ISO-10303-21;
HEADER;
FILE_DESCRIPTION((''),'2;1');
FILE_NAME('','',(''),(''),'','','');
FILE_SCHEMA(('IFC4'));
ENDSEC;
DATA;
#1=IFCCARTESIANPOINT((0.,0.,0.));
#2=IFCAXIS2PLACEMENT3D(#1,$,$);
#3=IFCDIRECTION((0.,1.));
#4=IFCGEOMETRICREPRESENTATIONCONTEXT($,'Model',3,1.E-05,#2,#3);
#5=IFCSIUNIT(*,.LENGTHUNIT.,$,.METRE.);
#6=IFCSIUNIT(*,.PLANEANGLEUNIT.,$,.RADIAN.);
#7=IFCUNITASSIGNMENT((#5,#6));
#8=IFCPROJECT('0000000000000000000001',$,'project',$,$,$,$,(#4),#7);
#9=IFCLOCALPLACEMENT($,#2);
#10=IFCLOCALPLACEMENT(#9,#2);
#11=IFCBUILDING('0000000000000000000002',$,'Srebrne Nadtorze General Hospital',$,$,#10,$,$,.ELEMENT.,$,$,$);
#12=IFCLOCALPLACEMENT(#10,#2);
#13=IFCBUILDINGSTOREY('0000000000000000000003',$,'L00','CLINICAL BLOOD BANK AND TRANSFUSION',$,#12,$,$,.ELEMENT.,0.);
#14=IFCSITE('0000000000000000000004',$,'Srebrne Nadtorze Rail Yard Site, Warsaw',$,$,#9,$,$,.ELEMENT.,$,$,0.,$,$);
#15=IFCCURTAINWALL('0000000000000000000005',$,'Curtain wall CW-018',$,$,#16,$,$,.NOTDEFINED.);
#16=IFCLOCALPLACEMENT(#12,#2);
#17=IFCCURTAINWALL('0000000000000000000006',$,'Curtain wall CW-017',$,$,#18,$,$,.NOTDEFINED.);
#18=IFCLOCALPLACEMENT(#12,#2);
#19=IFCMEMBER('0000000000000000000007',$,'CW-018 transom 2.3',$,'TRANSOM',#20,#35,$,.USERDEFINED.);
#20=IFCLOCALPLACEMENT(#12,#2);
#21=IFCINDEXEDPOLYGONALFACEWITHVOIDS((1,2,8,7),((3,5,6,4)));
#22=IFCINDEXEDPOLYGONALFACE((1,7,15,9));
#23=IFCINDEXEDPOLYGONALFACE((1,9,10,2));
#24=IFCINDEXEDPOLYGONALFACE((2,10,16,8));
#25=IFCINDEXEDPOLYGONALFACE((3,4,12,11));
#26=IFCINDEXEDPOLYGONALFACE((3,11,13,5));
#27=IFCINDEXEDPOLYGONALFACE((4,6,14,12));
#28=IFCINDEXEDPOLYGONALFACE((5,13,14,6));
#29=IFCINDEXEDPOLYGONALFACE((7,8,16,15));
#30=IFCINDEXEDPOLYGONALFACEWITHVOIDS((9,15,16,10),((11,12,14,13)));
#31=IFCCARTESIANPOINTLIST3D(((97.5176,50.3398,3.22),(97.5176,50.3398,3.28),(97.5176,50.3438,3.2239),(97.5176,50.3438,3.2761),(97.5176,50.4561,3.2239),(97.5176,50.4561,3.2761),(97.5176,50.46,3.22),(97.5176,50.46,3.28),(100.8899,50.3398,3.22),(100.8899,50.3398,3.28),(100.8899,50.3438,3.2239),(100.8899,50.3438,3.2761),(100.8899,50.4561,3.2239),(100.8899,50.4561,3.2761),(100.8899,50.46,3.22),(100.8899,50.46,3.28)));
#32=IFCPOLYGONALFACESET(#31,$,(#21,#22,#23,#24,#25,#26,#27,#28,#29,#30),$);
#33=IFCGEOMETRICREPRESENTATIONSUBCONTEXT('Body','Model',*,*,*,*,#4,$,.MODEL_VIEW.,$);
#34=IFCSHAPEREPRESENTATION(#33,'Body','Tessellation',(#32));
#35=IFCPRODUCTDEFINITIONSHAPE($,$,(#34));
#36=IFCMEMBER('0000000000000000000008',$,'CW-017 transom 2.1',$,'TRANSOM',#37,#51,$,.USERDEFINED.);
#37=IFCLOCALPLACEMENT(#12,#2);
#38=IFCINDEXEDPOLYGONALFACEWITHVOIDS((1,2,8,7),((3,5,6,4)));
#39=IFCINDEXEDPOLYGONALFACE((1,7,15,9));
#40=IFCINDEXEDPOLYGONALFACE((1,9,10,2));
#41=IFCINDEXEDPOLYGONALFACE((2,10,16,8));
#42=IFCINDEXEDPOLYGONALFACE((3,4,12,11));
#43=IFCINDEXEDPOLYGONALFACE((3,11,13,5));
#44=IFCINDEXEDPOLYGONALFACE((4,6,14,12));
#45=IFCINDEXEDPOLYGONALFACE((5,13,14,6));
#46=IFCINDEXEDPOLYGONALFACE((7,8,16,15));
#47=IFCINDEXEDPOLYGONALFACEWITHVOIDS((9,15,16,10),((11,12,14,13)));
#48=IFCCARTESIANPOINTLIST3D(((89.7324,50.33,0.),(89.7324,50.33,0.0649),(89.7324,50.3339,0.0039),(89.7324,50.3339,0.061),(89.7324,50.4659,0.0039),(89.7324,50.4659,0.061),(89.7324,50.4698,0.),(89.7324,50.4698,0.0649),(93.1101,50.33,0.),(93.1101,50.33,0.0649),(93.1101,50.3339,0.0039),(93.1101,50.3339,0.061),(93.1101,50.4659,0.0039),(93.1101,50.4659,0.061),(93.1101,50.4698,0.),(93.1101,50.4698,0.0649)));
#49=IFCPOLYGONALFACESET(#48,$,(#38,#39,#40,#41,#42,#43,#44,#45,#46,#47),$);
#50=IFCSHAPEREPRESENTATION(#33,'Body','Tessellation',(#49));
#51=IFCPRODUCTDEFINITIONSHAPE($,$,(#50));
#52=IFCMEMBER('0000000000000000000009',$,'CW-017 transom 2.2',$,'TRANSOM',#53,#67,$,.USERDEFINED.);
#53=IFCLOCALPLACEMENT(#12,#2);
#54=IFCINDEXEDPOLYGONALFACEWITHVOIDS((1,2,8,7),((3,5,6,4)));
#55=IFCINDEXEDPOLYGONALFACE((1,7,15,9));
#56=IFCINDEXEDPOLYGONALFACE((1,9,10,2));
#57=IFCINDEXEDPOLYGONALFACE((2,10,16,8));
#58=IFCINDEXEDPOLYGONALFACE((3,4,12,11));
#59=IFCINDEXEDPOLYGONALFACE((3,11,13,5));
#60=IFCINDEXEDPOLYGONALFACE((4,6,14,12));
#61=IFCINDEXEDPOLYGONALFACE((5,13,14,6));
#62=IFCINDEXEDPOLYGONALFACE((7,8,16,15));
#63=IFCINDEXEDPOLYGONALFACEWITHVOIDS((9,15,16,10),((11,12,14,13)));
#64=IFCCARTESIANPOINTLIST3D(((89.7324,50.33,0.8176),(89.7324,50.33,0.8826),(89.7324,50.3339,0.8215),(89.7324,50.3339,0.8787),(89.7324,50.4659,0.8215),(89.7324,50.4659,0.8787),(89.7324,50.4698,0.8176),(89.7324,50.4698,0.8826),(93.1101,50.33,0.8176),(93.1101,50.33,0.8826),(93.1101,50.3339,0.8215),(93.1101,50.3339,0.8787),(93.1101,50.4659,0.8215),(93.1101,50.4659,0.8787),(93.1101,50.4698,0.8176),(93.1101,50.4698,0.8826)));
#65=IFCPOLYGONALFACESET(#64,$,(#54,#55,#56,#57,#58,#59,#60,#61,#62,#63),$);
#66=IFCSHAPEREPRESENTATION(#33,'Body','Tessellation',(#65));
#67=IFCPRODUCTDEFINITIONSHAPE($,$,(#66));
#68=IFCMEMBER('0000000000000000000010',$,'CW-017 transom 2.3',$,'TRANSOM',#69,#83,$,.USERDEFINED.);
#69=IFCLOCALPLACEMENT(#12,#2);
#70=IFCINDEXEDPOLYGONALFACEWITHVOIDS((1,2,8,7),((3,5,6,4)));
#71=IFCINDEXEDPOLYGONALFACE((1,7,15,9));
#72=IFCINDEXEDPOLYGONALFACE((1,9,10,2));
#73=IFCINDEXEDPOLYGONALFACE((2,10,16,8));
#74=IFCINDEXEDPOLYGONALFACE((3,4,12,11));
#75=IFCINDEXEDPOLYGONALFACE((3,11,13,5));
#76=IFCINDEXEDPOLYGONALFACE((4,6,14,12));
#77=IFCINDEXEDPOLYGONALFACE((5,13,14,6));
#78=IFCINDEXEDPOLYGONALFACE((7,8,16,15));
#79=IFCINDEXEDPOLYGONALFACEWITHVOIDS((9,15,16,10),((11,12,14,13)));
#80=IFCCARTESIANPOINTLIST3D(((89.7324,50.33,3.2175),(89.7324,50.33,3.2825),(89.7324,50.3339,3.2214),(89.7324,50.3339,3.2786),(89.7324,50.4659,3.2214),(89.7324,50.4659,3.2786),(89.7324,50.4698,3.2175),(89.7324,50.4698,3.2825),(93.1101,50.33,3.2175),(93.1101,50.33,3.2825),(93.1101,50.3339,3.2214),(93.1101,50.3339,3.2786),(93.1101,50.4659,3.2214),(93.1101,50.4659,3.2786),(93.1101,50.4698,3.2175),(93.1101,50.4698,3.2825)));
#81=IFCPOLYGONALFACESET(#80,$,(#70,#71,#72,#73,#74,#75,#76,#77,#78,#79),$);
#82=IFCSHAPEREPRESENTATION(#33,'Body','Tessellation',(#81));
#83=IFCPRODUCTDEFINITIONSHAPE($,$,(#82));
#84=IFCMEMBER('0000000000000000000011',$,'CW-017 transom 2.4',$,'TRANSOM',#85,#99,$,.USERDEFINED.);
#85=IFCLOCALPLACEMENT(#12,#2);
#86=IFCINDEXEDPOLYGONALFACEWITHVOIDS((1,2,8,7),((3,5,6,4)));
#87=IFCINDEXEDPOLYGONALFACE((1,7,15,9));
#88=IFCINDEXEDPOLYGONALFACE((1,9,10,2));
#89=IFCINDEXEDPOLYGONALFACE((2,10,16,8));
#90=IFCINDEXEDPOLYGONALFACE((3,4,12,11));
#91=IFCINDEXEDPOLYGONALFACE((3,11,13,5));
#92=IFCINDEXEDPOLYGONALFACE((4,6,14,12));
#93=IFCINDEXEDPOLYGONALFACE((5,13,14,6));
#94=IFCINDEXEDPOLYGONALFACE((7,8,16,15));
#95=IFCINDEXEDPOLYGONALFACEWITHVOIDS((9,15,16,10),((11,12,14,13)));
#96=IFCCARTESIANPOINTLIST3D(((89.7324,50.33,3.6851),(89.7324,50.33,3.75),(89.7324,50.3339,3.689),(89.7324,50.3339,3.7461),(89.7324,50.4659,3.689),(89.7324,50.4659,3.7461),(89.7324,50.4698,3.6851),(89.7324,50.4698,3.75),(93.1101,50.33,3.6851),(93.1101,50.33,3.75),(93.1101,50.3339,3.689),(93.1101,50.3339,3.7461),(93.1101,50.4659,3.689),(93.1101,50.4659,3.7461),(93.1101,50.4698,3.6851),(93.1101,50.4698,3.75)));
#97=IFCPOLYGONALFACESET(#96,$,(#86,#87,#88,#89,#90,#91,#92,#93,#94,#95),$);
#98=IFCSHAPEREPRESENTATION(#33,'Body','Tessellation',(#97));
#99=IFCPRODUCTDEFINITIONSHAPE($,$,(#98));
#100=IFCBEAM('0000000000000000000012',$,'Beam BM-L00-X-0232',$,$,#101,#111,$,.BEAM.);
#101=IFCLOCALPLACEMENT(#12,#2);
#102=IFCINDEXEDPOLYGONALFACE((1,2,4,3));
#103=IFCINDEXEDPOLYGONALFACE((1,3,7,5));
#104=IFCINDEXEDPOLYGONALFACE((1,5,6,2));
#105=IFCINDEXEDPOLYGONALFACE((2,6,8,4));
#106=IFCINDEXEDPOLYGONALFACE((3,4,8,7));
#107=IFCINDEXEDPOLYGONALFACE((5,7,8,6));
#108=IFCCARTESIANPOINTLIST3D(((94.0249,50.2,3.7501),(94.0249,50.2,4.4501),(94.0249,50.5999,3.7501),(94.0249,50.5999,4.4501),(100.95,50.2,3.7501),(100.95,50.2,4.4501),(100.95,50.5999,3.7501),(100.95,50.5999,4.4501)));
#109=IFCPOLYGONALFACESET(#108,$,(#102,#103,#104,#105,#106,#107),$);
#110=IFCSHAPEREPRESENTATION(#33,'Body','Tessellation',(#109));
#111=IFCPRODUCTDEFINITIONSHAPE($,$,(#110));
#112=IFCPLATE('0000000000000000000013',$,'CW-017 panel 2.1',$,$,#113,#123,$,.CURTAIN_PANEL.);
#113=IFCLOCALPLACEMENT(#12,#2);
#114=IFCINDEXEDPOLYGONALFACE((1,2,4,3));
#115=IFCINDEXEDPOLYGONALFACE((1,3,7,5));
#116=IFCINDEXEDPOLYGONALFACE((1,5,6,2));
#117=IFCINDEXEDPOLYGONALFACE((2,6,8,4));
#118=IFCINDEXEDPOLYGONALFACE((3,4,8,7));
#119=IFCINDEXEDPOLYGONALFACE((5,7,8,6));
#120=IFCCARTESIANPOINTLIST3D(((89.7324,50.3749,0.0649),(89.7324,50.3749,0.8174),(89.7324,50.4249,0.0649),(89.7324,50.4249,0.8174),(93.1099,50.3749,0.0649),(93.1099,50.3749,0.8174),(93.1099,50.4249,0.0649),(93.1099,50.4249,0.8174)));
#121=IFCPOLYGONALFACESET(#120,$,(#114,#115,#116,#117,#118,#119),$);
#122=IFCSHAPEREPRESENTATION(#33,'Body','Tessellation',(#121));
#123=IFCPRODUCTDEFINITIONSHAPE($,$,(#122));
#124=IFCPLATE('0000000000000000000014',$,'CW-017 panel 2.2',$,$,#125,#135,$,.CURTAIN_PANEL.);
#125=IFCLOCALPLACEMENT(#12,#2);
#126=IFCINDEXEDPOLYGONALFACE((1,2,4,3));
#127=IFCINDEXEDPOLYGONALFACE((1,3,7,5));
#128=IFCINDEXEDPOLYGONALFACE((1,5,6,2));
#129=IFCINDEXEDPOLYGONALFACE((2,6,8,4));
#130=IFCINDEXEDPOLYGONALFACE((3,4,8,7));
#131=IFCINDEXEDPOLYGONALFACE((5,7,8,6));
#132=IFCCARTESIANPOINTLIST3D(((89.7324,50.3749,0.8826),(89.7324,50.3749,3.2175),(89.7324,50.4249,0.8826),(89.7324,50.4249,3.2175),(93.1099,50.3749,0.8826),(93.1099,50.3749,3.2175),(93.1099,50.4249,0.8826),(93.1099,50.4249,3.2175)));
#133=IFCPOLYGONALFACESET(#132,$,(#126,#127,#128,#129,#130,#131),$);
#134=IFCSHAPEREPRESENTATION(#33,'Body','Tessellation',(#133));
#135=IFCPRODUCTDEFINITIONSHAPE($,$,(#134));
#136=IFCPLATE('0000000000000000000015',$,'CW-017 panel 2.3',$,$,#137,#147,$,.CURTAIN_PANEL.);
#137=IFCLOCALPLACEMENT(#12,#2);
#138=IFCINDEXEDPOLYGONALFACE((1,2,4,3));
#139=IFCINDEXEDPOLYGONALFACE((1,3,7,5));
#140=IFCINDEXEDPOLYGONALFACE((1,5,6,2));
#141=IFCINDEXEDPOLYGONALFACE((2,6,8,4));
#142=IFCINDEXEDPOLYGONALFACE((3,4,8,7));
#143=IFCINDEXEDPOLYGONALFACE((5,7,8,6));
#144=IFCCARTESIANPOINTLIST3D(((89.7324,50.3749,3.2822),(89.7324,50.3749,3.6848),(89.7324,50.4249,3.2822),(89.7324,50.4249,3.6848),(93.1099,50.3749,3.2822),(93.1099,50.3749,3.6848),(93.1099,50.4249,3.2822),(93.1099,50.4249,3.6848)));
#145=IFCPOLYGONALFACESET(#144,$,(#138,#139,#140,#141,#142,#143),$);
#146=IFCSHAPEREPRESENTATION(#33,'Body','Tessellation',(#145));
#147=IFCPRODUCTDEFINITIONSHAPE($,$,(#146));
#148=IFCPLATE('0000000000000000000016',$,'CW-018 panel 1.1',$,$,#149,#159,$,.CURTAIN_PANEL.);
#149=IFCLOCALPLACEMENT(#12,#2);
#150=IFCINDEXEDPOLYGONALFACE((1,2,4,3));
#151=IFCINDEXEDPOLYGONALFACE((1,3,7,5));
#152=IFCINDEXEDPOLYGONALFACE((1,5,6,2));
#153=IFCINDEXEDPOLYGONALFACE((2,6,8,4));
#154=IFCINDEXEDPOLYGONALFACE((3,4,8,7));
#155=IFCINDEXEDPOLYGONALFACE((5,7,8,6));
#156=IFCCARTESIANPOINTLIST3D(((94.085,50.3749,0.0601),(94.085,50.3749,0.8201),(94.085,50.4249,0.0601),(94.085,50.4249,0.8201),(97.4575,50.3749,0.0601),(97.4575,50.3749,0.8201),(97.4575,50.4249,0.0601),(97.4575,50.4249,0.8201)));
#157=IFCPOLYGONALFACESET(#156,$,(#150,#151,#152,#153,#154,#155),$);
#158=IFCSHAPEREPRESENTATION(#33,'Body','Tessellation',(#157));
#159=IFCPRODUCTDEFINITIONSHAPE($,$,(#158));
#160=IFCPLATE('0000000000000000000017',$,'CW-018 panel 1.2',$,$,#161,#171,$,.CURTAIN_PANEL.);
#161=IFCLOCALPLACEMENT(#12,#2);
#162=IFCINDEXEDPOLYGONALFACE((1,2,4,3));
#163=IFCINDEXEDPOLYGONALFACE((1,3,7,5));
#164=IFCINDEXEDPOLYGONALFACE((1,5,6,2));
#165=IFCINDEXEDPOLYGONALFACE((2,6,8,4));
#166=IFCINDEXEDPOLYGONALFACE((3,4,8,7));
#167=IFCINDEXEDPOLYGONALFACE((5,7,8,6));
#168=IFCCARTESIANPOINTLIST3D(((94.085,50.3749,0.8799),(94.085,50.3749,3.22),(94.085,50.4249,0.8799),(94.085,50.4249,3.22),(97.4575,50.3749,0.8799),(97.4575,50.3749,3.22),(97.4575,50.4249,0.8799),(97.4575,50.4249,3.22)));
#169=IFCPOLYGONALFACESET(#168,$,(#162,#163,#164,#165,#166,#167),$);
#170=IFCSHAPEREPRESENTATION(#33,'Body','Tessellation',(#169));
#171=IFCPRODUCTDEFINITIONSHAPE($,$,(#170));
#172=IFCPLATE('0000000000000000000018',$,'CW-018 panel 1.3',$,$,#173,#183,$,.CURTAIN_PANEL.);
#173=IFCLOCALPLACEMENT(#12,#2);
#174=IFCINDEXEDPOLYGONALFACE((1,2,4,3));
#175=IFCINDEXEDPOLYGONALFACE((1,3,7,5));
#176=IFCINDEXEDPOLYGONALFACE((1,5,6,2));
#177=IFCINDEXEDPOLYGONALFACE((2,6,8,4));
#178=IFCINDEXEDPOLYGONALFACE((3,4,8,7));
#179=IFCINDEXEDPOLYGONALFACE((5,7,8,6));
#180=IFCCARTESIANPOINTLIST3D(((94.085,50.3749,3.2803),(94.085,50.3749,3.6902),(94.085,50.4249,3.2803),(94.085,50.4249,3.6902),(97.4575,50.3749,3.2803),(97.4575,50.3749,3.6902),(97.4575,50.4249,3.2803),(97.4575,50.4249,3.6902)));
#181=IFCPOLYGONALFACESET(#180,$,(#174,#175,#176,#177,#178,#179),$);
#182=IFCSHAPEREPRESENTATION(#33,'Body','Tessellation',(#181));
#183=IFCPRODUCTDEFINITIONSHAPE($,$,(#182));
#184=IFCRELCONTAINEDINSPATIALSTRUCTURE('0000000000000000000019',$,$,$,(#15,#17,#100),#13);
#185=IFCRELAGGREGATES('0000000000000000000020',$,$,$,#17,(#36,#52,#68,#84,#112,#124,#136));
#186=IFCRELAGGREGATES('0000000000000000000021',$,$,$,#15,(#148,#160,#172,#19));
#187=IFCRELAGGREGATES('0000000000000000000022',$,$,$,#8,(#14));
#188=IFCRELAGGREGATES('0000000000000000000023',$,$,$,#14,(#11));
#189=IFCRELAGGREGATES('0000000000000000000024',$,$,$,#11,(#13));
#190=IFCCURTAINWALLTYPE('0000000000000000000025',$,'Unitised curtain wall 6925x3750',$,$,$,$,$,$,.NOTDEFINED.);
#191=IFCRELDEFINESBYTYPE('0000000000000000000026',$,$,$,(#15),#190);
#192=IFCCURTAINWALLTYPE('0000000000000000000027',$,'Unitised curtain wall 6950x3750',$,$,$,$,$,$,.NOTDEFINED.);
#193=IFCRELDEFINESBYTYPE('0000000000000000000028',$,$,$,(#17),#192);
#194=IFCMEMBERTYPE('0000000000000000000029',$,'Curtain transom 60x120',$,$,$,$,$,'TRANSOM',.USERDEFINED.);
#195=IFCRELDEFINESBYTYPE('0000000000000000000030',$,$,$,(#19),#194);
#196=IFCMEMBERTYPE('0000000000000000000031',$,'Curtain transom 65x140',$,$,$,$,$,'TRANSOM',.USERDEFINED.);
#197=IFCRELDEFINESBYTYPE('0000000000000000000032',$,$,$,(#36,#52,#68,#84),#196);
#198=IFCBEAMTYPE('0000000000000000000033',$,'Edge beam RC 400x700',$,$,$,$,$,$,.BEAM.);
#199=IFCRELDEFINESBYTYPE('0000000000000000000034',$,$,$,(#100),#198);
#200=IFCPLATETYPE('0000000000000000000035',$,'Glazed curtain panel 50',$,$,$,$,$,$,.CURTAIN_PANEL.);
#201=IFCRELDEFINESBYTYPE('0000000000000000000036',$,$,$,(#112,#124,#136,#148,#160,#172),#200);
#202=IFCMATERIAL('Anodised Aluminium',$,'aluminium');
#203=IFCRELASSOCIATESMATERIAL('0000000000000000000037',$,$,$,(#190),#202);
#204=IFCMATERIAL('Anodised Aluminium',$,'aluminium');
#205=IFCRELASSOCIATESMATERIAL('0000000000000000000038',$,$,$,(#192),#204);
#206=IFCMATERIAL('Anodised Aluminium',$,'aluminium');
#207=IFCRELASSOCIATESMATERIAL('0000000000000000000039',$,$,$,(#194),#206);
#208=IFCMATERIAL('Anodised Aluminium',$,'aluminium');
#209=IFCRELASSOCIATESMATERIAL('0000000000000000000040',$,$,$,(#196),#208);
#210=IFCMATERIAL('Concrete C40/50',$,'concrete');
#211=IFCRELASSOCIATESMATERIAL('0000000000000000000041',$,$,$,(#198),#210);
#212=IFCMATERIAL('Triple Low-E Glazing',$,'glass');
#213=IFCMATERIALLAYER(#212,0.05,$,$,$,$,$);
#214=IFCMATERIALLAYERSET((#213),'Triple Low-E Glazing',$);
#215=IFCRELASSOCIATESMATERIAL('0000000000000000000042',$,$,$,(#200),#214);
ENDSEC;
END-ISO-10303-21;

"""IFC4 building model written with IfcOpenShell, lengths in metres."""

from ifc_helpers import new_model, si_unit, direction, frame, origin, origin_2d, place, context, subcontext, project, spatial, rectangle, hollow_rectangle, extrude, material, layer, layer_set, material_profile, profile_set, type_object, element, aggregate, save


model = new_model("IFC4")

# Units and contexts
model_context = context("Model", 3, precision=1e-05, world=origin(), true_north=direction((0.0, 1.0)))
body_context = subcontext(model_context, "Body", "Model", "MODEL_VIEW")
ifc_project = project(units=[si_unit("LENGTHUNIT", "METRE"), si_unit("PLANEANGLEUNIT", "RADIAN")], contexts=[model_context])

# Site, building, storey
site_placement = place(None, origin())
site = spatial("IfcSite", under=ifc_project, at=site_placement, Name="Srebrne Nadtorze Rail Yard Site, Warsaw", CompositionType="ELEMENT", RefElevation=0.0)
building_placement = place(site_placement, origin())
building = spatial("IfcBuilding", under=site, at=building_placement, Name="Srebrne Nadtorze General Hospital", CompositionType="ELEMENT")
storey_placement = place(building_placement, origin())
storey = spatial("IfcBuildingStorey", under=building, at=storey_placement, Name="L00", Description="CLINICAL BLOOD BANK AND TRANSFUSION", CompositionType="ELEMENT", Elevation=0.0)

# Curtain walls
ifc_material_1 = material(Name="Anodised Aluminium", Category="aluminium")
curtain_wall_type_1 = type_object("IfcCurtainWallType", Name="Unitised curtain wall 6925x3750", PredefinedType="NOTDEFINED", material=ifc_material_1)
curtain_wall_1_placement = place(storey_placement, origin())
curtain_wall_1 = element("IfcCurtainWall", 1, at=curtain_wall_1_placement, inside=storey, type_object=curtain_wall_type_1, Name="Curtain wall CW-018", PredefinedType="NOTDEFINED")
ifc_material_2 = material(Name="Anodised Aluminium", Category="aluminium")
curtain_wall_type_2 = type_object("IfcCurtainWallType", Name="Unitised curtain wall 6950x3750", PredefinedType="NOTDEFINED", material=ifc_material_2)
curtain_wall_2_placement = place(storey_placement, origin())
curtain_wall_2 = element("IfcCurtainWall", 2, at=curtain_wall_2_placement, inside=storey, type_object=curtain_wall_type_2, Name="Curtain wall CW-017", PredefinedType="NOTDEFINED")

# Members
ifc_material_3 = material(Name="Anodised Aluminium", Category="aluminium")
ifc_material_profile_1 = material_profile(ifc_material_3, hollow_rectangle(XDim=0.0601, YDim=0.1201, WallThickness=0.0039, at=origin_2d()), Name="AL-TRN-60x120")
ifc_profile_set_1 = profile_set([ifc_material_profile_1], Name="Anodised Aluminium")
member_type_1 = type_object("IfcMemberType", Name="Curtain transom 60x120", ElementType="TRANSOM", PredefinedType="USERDEFINED", material=ifc_profile_set_1)
member_1_placement = place(storey_placement, frame((97.5176, 50.3999, 3.25), z_axis=(1.0, 0.0, 0.0), x_axis=(0.0, 0.0, 1.0)))
member_1 = element("IfcMember", 3, at=member_1_placement, type_object=member_type_1, Name="CW-018 transom 2.3", ObjectType="TRANSOM", PredefinedType="USERDEFINED", context=body_context, shape_type="SweptSolid", body=[
    extrude(hollow_rectangle(XDim=0.0601, YDim=0.1201, WallThickness=0.0039, at=origin_2d()), origin(), (0.0, 0.0, 1.0), 3.3723),
])
ifc_material_4 = material(Name="Anodised Aluminium", Category="aluminium")
ifc_material_profile_2 = material_profile(ifc_material_4, hollow_rectangle(XDim=0.0649, YDim=0.1399, WallThickness=0.0039, at=origin_2d()), Name="AL-TRN-65x140")
ifc_profile_set_2 = profile_set([ifc_material_profile_2], Name="Anodised Aluminium")
member_type_2 = type_object("IfcMemberType", Name="Curtain transom 65x140", ElementType="TRANSOM", PredefinedType="USERDEFINED", material=ifc_profile_set_2)
member_2_placement = place(storey_placement, frame((89.7324, 50.3999, 0.0325), z_axis=(1.0, 0.0, 0.0), x_axis=(0.0, 0.0, 1.0)))
member_2 = element("IfcMember", 4, at=member_2_placement, type_object=member_type_2, Name="CW-017 transom 2.1", ObjectType="TRANSOM", PredefinedType="USERDEFINED", context=body_context, shape_type="SweptSolid", body=[
    extrude(hollow_rectangle(XDim=0.0649, YDim=0.1399, WallThickness=0.0039, at=origin_2d()), origin(), (0.0, 0.0, 1.0), 3.3777),
])
member_3_placement = place(storey_placement, frame((89.7324, 50.3999, 0.8501), z_axis=(1.0, 0.0, 0.0), x_axis=(0.0, 0.0, 1.0)))
member_3 = element("IfcMember", 5, at=member_3_placement, type_object=member_type_2, Name="CW-017 transom 2.2", ObjectType="TRANSOM", PredefinedType="USERDEFINED", context=body_context, shape_type="SweptSolid", body=[
    extrude(hollow_rectangle(XDim=0.0649, YDim=0.1399, WallThickness=0.0039, at=origin_2d()), origin(), (0.0, 0.0, 1.0), 3.3777),
])
member_4_placement = place(storey_placement, frame((89.7324, 50.3999, 3.25), z_axis=(1.0, 0.0, 0.0), x_axis=(0.0, 0.0, 1.0)))
member_4 = element("IfcMember", 6, at=member_4_placement, type_object=member_type_2, Name="CW-017 transom 2.3", ObjectType="TRANSOM", PredefinedType="USERDEFINED", context=body_context, shape_type="SweptSolid", body=[
    extrude(hollow_rectangle(XDim=0.0649, YDim=0.1399, WallThickness=0.0039, at=origin_2d()), origin(), (0.0, 0.0, 1.0), 3.3777),
])
member_5_placement = place(storey_placement, frame((89.7324, 50.3999, 3.7175), z_axis=(1.0, 0.0, 0.0), x_axis=(0.0, 0.0, 1.0)))
member_5 = element("IfcMember", 7, at=member_5_placement, type_object=member_type_2, Name="CW-017 transom 2.4", ObjectType="TRANSOM", PredefinedType="USERDEFINED", context=body_context, shape_type="SweptSolid", body=[
    extrude(hollow_rectangle(XDim=0.0649, YDim=0.1399, WallThickness=0.0039, at=origin_2d()), origin(), (0.0, 0.0, 1.0), 3.3777),
])

# Beam
ifc_material_5 = material(Name="Concrete C40/50", Category="concrete")
ifc_material_profile_3 = material_profile(ifc_material_5, rectangle(XDim=0.3999, YDim=0.7, at=origin_2d()), Name="RC-BM-400x700")
ifc_profile_set_3 = profile_set([ifc_material_profile_3], Name="Concrete C40/50")
beam_type = type_object("IfcBeamType", Name="Edge beam RC 400x700", PredefinedType="BEAM", material=ifc_profile_set_3)
beam_placement = place(storey_placement, frame((94.0249, 50.3999, 4.1001), z_axis=(1.0, 0.0, 0.0), x_axis=(0.0, 1.0, 0.0)))
element("IfcBeam", 8, at=beam_placement, inside=storey, type_object=beam_type, Name="Beam BM-L00-X-0232", PredefinedType="BEAM", context=body_context, shape_type="SweptSolid", body=[
    extrude(rectangle(XDim=0.3999, YDim=0.7, at=origin_2d()), origin(), (0.0, 0.0, 1.0), 6.925),
])

# Plates
ifc_material_6 = material(Name="Triple Low-E Glazing", Category="glass")
ifc_layer = layer(ifc_material_6, 0.05)
ifc_layer_set = layer_set([ifc_layer], Name="Triple Low-E Glazing")
plate_type = type_object("IfcPlateType", Name="Glazed curtain panel 50", PredefinedType="CURTAIN_PANEL", material=ifc_layer_set)
plate_1_placement = place(storey_placement, frame((91.4211, 50.3999, 0.0649), z_axis=(0.0, 0.0, 1.0), x_axis=(1.0, 0.0, 0.0)))
plate_1 = element("IfcPlate", 9, at=plate_1_placement, type_object=plate_type, Name="CW-017 panel 2.1", PredefinedType="CURTAIN_PANEL", context=body_context, shape_type="SweptSolid", body=[
    extrude(rectangle(XDim=3.3774, YDim=0.05, at=origin_2d()), origin(), (0.0, 0.0, 1.0), 0.7524),
])
plate_2_placement = place(storey_placement, frame((91.4211, 50.3999, 0.8826), z_axis=(0.0, 0.0, 1.0), x_axis=(1.0, 0.0, 0.0)))
plate_2 = element("IfcPlate", 10, at=plate_2_placement, type_object=plate_type, Name="CW-017 panel 2.2", PredefinedType="CURTAIN_PANEL", context=body_context, shape_type="SweptSolid", body=[
    extrude(rectangle(XDim=3.3774, YDim=0.05, at=origin_2d()), origin(), (0.0, 0.0, 1.0), 2.335),
])
plate_3_placement = place(storey_placement, frame((91.4211, 50.3999, 3.2822), z_axis=(0.0, 0.0, 1.0), x_axis=(1.0, 0.0, 0.0)))
plate_3 = element("IfcPlate", 11, at=plate_3_placement, type_object=plate_type, Name="CW-017 panel 2.3", PredefinedType="CURTAIN_PANEL", context=body_context, shape_type="SweptSolid", body=[
    extrude(rectangle(XDim=3.3774, YDim=0.05, at=origin_2d()), origin(), (0.0, 0.0, 1.0), 0.4026),
])
aggregate(curtain_wall_2, [member_2, member_3, member_4, member_5, plate_1, plate_2, plate_3])
plate_4_placement = place(storey_placement, frame((95.7712, 50.3999, 0.0601), z_axis=(0.0, 0.0, 1.0), x_axis=(1.0, 0.0, 0.0)))
plate_4 = element("IfcPlate", 12, at=plate_4_placement, type_object=plate_type, Name="CW-018 panel 1.1", PredefinedType="CURTAIN_PANEL", context=body_context, shape_type="SweptSolid", body=[
    extrude(rectangle(XDim=3.3726, YDim=0.05, at=origin_2d()), origin(), (0.0, 0.0, 1.0), 0.76),
])
plate_5_placement = place(storey_placement, frame((95.7712, 50.3999, 0.8799), z_axis=(0.0, 0.0, 1.0), x_axis=(1.0, 0.0, 0.0)))
plate_5 = element("IfcPlate", 13, at=plate_5_placement, type_object=plate_type, Name="CW-018 panel 1.2", PredefinedType="CURTAIN_PANEL", context=body_context, shape_type="SweptSolid", body=[
    extrude(rectangle(XDim=3.3726, YDim=0.05, at=origin_2d()), origin(), (0.0, 0.0, 1.0), 2.3401),
])
plate_6_placement = place(storey_placement, frame((95.7712, 50.3999, 3.2803), z_axis=(0.0, 0.0, 1.0), x_axis=(1.0, 0.0, 0.0)))
plate_6 = element("IfcPlate", 14, at=plate_6_placement, type_object=plate_type, Name="CW-018 panel 1.3", PredefinedType="CURTAIN_PANEL", context=body_context, shape_type="SweptSolid", body=[
    extrude(rectangle(XDim=3.3726, YDim=0.05, at=origin_2d()), origin(), (0.0, 0.0, 1.0), 0.4099),
])
aggregate(curtain_wall_1, [plate_4, plate_5, plate_6, member_1])

save(model, "model.ifc")
